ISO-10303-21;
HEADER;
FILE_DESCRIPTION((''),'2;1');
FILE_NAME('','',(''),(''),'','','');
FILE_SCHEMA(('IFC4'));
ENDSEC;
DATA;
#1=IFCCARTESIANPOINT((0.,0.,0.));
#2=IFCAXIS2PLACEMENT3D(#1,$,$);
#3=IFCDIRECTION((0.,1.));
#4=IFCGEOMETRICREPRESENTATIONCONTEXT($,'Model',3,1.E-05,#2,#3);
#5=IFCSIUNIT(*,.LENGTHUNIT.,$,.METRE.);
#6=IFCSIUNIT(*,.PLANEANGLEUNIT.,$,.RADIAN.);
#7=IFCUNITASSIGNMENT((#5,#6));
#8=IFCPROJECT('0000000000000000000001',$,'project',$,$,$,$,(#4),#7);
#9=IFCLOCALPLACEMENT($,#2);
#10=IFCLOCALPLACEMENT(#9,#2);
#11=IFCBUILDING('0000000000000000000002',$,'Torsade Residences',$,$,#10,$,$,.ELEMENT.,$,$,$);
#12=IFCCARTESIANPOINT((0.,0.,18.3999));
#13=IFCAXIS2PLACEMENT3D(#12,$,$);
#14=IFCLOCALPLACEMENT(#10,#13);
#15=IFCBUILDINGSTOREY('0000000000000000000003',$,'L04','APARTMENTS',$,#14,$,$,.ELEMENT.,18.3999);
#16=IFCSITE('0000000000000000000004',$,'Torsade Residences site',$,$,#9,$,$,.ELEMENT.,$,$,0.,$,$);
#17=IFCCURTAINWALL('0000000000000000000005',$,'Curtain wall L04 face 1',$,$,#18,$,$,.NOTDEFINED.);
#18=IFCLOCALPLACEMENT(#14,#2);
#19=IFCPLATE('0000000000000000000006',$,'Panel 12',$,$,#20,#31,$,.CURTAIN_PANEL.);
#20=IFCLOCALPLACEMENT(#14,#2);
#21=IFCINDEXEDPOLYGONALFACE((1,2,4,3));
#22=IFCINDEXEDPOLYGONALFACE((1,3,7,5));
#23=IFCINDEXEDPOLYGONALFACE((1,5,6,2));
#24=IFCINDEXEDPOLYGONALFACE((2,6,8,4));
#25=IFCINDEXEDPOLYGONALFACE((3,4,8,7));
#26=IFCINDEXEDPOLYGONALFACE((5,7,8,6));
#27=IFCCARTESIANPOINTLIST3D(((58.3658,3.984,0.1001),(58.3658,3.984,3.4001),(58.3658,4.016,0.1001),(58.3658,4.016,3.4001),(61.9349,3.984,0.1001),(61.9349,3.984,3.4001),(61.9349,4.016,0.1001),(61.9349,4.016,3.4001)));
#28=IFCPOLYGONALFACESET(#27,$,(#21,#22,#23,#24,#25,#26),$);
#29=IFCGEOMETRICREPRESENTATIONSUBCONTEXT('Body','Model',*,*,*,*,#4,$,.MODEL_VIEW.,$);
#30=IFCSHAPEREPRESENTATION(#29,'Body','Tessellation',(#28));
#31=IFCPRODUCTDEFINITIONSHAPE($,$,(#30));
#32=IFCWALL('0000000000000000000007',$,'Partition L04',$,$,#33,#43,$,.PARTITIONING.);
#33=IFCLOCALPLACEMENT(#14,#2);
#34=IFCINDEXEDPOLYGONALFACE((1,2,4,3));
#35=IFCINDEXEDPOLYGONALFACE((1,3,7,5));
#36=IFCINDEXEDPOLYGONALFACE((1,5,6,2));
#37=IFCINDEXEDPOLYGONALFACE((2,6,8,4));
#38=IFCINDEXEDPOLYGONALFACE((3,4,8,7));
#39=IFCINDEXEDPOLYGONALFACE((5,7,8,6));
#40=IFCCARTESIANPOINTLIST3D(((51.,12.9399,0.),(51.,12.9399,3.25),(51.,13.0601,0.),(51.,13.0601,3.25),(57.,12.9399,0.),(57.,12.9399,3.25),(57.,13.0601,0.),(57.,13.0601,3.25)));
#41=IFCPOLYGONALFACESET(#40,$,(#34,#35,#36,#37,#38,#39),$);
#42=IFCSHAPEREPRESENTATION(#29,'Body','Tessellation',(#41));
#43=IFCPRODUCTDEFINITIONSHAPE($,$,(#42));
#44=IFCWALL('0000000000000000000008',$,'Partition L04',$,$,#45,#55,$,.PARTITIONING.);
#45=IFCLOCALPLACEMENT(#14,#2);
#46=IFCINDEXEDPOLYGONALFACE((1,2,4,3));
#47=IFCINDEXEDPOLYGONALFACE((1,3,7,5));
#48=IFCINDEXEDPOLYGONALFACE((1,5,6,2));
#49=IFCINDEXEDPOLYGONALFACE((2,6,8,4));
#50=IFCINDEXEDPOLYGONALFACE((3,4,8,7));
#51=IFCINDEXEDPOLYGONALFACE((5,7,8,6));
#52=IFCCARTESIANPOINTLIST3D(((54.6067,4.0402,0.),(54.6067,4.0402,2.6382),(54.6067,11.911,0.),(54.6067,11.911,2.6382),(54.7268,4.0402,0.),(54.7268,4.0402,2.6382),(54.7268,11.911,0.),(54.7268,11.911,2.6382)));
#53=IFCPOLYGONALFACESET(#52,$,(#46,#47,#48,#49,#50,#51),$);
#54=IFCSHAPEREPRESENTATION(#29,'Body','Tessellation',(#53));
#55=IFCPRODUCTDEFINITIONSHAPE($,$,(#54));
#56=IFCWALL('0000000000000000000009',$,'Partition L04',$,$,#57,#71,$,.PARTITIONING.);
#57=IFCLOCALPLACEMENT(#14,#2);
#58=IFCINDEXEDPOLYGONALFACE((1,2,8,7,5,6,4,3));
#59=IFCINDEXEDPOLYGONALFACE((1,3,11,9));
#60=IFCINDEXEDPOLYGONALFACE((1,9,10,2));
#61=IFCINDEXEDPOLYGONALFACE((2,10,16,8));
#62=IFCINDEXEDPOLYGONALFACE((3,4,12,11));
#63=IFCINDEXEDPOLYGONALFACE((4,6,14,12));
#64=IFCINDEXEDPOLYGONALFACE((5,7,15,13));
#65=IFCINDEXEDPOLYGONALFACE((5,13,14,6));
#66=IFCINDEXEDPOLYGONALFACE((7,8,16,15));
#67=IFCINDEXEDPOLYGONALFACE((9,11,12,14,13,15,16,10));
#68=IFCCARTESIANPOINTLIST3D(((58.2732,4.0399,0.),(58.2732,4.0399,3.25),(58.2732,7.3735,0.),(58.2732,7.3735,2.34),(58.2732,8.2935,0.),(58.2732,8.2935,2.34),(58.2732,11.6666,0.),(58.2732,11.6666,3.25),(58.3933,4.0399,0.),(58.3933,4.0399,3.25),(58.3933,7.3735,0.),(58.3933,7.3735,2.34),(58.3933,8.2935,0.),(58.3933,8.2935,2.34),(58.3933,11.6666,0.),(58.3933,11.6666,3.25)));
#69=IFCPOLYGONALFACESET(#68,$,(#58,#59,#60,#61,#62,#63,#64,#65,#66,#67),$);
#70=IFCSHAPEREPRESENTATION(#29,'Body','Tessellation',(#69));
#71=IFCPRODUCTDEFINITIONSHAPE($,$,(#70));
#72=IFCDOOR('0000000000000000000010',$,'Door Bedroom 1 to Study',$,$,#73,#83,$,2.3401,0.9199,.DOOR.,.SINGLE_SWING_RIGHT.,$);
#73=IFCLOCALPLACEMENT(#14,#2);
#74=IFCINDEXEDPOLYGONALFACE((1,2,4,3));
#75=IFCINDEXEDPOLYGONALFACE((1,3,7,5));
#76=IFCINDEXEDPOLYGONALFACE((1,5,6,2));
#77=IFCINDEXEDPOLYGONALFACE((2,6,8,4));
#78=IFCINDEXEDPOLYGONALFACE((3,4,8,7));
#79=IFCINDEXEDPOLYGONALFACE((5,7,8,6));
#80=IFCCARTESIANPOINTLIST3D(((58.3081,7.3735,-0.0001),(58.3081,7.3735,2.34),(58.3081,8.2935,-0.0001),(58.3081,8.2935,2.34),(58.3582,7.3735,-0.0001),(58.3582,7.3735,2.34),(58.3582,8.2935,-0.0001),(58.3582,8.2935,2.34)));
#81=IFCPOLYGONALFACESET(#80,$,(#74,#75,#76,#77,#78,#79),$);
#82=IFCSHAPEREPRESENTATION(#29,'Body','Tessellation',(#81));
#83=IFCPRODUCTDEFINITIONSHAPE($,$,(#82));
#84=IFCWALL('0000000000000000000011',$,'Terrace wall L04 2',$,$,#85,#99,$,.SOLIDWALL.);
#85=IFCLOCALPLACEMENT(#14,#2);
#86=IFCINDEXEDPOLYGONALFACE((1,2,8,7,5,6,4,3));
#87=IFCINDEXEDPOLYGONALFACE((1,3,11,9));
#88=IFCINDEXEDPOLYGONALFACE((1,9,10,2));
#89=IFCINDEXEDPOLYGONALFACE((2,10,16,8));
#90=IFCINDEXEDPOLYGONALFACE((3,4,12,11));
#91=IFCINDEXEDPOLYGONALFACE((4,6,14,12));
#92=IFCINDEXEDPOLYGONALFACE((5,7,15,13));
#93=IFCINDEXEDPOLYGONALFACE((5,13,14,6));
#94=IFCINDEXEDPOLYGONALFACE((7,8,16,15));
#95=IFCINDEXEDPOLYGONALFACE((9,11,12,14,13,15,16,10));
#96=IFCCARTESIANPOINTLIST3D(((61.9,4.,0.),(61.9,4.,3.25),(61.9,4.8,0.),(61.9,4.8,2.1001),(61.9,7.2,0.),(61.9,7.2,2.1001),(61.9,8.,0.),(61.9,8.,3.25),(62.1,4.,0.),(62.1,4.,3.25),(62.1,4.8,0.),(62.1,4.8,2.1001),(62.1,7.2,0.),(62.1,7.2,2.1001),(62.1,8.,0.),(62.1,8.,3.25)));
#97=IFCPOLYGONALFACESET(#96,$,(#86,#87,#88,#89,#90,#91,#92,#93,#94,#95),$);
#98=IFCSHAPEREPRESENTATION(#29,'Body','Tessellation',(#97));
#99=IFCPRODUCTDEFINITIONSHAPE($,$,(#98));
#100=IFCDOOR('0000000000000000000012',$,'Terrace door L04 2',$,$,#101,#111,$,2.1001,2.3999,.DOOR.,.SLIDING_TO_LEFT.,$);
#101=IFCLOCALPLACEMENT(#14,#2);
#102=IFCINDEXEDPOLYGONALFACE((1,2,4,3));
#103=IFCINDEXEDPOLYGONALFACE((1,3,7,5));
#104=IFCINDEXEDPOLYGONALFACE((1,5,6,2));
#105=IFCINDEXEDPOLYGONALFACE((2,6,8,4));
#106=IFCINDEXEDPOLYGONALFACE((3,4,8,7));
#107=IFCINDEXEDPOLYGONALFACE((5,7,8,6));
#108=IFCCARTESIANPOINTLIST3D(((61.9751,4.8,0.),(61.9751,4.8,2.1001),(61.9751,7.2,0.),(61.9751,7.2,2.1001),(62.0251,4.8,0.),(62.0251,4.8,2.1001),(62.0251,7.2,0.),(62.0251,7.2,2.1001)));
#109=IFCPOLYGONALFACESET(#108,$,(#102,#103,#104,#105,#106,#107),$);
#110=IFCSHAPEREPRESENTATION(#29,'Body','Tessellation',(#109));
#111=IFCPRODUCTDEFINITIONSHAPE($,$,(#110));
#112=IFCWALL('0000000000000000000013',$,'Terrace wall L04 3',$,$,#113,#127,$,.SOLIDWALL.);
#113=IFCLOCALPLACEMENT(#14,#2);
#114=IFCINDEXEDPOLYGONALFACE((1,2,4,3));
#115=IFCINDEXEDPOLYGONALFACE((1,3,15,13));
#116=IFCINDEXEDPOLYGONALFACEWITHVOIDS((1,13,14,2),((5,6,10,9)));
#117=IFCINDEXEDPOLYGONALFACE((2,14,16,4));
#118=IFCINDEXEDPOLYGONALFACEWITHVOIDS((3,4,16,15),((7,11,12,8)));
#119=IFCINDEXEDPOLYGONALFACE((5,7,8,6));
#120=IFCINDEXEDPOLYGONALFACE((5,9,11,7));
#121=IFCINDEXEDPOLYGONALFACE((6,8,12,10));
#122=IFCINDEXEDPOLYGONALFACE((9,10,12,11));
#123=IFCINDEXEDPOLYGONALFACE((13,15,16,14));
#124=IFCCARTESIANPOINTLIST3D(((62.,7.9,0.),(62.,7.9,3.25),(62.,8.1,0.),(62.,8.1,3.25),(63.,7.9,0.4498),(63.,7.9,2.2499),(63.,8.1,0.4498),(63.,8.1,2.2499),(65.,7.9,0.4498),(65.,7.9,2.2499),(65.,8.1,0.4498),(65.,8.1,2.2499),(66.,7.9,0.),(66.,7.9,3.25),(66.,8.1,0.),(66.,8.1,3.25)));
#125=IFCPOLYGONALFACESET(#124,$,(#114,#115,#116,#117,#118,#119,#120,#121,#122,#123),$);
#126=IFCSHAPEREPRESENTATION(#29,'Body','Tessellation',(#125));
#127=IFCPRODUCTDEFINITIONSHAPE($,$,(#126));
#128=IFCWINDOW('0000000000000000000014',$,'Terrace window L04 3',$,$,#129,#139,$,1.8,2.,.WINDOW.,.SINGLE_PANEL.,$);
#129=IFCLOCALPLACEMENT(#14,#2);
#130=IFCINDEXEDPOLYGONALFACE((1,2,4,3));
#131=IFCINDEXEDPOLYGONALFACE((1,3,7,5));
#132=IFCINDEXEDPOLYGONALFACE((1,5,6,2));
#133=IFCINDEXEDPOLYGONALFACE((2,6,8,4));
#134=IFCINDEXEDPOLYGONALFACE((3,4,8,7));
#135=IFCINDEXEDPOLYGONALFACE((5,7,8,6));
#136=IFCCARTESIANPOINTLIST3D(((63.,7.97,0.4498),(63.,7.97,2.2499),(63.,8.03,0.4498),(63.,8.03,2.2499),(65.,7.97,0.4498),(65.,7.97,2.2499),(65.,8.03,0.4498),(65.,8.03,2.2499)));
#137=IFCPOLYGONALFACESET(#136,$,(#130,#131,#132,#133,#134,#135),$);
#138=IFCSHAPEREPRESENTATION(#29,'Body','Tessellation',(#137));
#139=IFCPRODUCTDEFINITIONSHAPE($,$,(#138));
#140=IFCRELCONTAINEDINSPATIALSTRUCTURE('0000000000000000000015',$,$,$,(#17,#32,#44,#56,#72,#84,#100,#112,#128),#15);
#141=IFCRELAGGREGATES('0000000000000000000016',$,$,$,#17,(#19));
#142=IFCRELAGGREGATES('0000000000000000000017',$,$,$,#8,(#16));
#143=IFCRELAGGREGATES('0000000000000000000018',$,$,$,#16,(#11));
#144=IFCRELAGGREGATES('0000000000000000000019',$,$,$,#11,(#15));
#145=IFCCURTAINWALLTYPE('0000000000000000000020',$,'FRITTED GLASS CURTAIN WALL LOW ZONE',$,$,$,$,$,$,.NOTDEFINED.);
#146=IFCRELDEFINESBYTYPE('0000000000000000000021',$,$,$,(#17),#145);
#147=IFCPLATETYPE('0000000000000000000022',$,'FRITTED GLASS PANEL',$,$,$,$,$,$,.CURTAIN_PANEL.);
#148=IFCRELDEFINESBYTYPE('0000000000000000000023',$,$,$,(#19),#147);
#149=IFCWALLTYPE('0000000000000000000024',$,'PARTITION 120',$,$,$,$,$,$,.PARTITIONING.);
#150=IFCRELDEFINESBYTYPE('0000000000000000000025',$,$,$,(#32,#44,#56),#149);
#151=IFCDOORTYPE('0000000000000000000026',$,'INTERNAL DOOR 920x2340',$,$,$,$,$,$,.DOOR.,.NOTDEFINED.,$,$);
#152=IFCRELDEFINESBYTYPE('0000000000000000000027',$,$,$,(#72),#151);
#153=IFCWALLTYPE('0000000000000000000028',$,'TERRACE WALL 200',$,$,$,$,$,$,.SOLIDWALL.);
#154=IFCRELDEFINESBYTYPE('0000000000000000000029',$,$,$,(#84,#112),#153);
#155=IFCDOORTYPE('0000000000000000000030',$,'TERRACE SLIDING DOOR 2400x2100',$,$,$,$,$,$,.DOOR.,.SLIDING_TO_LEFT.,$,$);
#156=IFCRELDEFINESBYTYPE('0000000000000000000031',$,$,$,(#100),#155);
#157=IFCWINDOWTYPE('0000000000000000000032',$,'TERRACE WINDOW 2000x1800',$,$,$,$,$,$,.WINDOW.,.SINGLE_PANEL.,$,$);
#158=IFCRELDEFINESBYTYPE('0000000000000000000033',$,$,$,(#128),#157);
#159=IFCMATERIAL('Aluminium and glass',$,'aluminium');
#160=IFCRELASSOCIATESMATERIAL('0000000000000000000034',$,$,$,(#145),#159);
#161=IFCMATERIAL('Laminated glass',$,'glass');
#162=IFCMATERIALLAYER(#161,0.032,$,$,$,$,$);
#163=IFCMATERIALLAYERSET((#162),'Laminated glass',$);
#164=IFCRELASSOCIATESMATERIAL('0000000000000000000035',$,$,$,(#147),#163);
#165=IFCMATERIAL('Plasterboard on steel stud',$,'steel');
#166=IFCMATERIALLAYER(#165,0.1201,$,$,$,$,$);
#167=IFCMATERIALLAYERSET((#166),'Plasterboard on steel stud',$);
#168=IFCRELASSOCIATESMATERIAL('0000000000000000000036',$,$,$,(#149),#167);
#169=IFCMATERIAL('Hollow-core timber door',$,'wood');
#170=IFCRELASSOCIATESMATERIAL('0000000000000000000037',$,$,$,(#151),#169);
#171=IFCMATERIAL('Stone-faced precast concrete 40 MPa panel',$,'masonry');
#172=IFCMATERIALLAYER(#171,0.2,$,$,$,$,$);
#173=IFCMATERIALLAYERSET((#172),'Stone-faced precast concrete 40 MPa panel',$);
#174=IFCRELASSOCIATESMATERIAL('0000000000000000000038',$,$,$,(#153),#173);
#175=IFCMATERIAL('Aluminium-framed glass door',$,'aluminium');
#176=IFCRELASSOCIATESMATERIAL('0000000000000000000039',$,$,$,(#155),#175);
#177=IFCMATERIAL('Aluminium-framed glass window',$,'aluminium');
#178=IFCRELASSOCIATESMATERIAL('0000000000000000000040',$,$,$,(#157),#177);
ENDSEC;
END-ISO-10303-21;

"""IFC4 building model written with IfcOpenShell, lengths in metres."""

from ifc_helpers import new_model, si_unit, direction, frame, frame_2d, origin, origin_2d, place, context, subcontext, project, spatial, rectangle, extrude, material, layer, layer_set, type_object, element, fill, aggregate, save


model = new_model("IFC4")

# Units and contexts
model_context = context("Model", 3, precision=1e-05, world=origin(), true_north=direction((0.0, 1.0)))
body_context = subcontext(model_context, "Body", "Model", "MODEL_VIEW")
ifc_project = project(units=[si_unit("LENGTHUNIT", "METRE"), si_unit("PLANEANGLEUNIT", "RADIAN")], contexts=[model_context])

# Site, building, storey
site_placement = place(None, origin())
site = spatial("IfcSite", under=ifc_project, at=site_placement, Name="Torsade Residences site", CompositionType="ELEMENT", RefElevation=0.0)
building_placement = place(site_placement, origin())
building = spatial("IfcBuilding", under=site, at=building_placement, Name="Torsade Residences", CompositionType="ELEMENT")
storey_placement = place(building_placement, frame((0.0, 0.0, 18.3999)))
storey = spatial("IfcBuildingStorey", under=building, at=storey_placement, Name="L04", Description="APARTMENTS", CompositionType="ELEMENT", Elevation=18.3999)

# Curtain wall
ifc_material_1 = material(Name="Aluminium and glass", Category="aluminium")
curtain_wall_type = type_object("IfcCurtainWallType", Name="FRITTED GLASS CURTAIN WALL LOW ZONE", PredefinedType="NOTDEFINED", material=ifc_material_1)
curtain_wall_placement = place(storey_placement, origin())
curtain_wall = element("IfcCurtainWall", 1, at=curtain_wall_placement, inside=storey, type_object=curtain_wall_type, Name="Curtain wall L04 face 1", PredefinedType="NOTDEFINED")

# Plate
ifc_material_2 = material(Name="Laminated glass", Category="glass")
ifc_layer_1 = layer(ifc_material_2, 0.032)
ifc_layer_set_1 = layer_set([ifc_layer_1], Name="Laminated glass")
plate_type = type_object("IfcPlateType", Name="FRITTED GLASS PANEL", PredefinedType="CURTAIN_PANEL", material=ifc_layer_set_1)
plate_1_placement = place(storey_placement, frame((60.1504, 4.0, 0.1001), z_axis=(0.0, 0.0, 1.0), x_axis=(1.0, 0.0, 0.0)))
plate_1 = element("IfcPlate", 2, at=plate_1_placement, type_object=plate_type, Name="Panel 12", PredefinedType="CURTAIN_PANEL", context=body_context, shape_type="SweptSolid", body=[
    extrude(rectangle(XDim=3.5691, YDim=0.032, at=origin_2d()), origin(), (0.0, 0.0, 1.0), 3.3),
])
aggregate(curtain_wall, [plate_1])

# Walls
ifc_material_3 = material(Name="Plasterboard on steel stud", Category="steel")
ifc_layer_2 = layer(ifc_material_3, 0.1201)
ifc_layer_set_2 = layer_set([ifc_layer_2], Name="Plasterboard on steel stud")
wall_type_1 = type_object("IfcWallType", Name="PARTITION 120", PredefinedType="PARTITIONING", material=ifc_layer_set_2)
wall_1_placement = place(storey_placement, frame((57.0, 13.0, 0.0), z_axis=(0.0, 0.0, 1.0), x_axis=(-1.0, 0.0, 0.0)))
element("IfcWall", 3, at=wall_1_placement, inside=storey, type_object=wall_type_1, Name="Partition L04", PredefinedType="PARTITIONING", context=body_context, shape_type="SweptSolid", body=[
    extrude(rectangle(XDim=6.0, YDim=0.1201, at=frame_2d((3.0, 0.0))), origin(), (0.0, 0.0, 1.0), 3.25),
])
wall_2_placement = place(storey_placement, frame((54.6667, 4.04, 0.0), z_axis=(0.0, 0.0, 1.0), x_axis=(0.0, 1.0, 0.0)))
element("IfcWall", 4, at=wall_2_placement, inside=storey, type_object=wall_type_1, Name="Partition L04", PredefinedType="PARTITIONING", context=body_context, shape_type="SweptSolid", body=[
    extrude(rectangle(XDim=7.8708, YDim=0.1201, at=frame_2d((3.9355, 0.0))), origin(), (0.0, 0.0, 1.0), 2.6382),
])

# Walls, openings, doors
wall_3_placement = place(storey_placement, frame((58.3333, 11.6667, 0.0), z_axis=(0.0, 0.0, 1.0), x_axis=(0.0, -1.0, 0.0)))
wall_3 = element("IfcWall", 5, at=wall_3_placement, inside=storey, type_object=wall_type_1, Name="Partition L04", PredefinedType="PARTITIONING", context=body_context, shape_type="SweptSolid", body=[
    extrude(rectangle(XDim=7.6267, YDim=0.1201, at=frame_2d((3.8135, 0.0))), origin(), (0.0, 0.0, 1.0), 3.25),
])
opening_1_placement = place(wall_3_placement, frame((3.3733, 0.0, 0.0)))
opening_1 = element("IfcOpeningElement", 6, at=opening_1_placement, cuts=wall_3, PredefinedType="OPENING", context=body_context, shape_type="SweptSolid", body=[
    extrude(rectangle(XDim=0.9199, YDim=2.3401, at=frame_2d((0.46, 1.1699))), frame((0.0, 0.0701, 0.0), z_axis=(0.0, -1.0, 0.0), x_axis=(1.0, 0.0, 0.0)), (0.0, 0.0, 1.0), 0.1401),
])
ifc_material_4 = material(Name="Hollow-core timber door", Category="wood")
door_type_1 = type_object("IfcDoorType", Name="INTERNAL DOOR 920x2340", OperationType="NOTDEFINED", PredefinedType="DOOR", material=ifc_material_4)
door_1_placement = place(opening_1_placement, origin())
door_1 = element("IfcDoor", 7, at=door_1_placement, inside=storey, type_object=door_type_1, Name="Door Bedroom 1 to Study", OperationType="SINGLE_SWING_RIGHT", OverallHeight=2.3401, OverallWidth=0.9199, PredefinedType="DOOR", context=body_context, shape_type="SweptSolid", body=[
    extrude(rectangle(XDim=0.9199, YDim=2.3401, at=frame_2d((0.46, 1.1699))), frame((0.0, 0.0249, 0.0), z_axis=(0.0, -1.0, 0.0), x_axis=(1.0, 0.0, 0.0)), (0.0, 0.0, 1.0), 0.05),
])
fill(opening_1, door_1)
ifc_material_5 = material(Name="Stone-faced precast concrete 40 MPa panel", Category="masonry")
ifc_layer_3 = layer(ifc_material_5, 0.2)
ifc_layer_set_3 = layer_set([ifc_layer_3], Name="Stone-faced precast concrete 40 MPa panel")
wall_type_2 = type_object("IfcWallType", Name="TERRACE WALL 200", PredefinedType="SOLIDWALL", material=ifc_layer_set_3)
wall_4_placement = place(storey_placement, frame((62.0, 4.0, 0.0), z_axis=(0.0, 0.0, 1.0), x_axis=(0.0, 1.0, 0.0)))
wall_4 = element("IfcWall", 8, at=wall_4_placement, inside=storey, type_object=wall_type_2, Name="Terrace wall L04 2", PredefinedType="SOLIDWALL", context=body_context, shape_type="SweptSolid", body=[
    extrude(rectangle(XDim=4.0, YDim=0.2, at=frame_2d((2.0, 0.0))), origin(), (0.0, 0.0, 1.0), 3.25),
])
opening_2_placement = place(wall_4_placement, frame((0.8, 0.0, 0.0)))
opening_2 = element("IfcOpeningElement", 9, at=opening_2_placement, cuts=wall_4, PredefinedType="OPENING", context=body_context, shape_type="SweptSolid", body=[
    extrude(rectangle(XDim=2.3999, YDim=2.1001, at=frame_2d((1.2, 1.05))), frame((0.0, 0.1099, 0.0), z_axis=(0.0, -1.0, 0.0), x_axis=(1.0, 0.0, 0.0)), (0.0, 0.0, 1.0), 0.22),
])
ifc_material_6 = material(Name="Aluminium-framed glass door", Category="aluminium")
door_type_2 = type_object("IfcDoorType", Name="TERRACE SLIDING DOOR 2400x2100", OperationType="SLIDING_TO_LEFT", PredefinedType="DOOR", material=ifc_material_6)
door_2_placement = place(opening_2_placement, origin())
door_2 = element("IfcDoor", 10, at=door_2_placement, inside=storey, type_object=door_type_2, Name="Terrace door L04 2", OperationType="SLIDING_TO_LEFT", OverallHeight=2.1001, OverallWidth=2.3999, PredefinedType="DOOR", context=body_context, shape_type="SweptSolid", body=[
    extrude(rectangle(XDim=2.3999, YDim=2.1001, at=frame_2d((1.2, 1.05))), frame((0.0, 0.0249, 0.0), z_axis=(0.0, -1.0, 0.0), x_axis=(1.0, 0.0, 0.0)), (0.0, 0.0, 1.0), 0.05),
])
fill(opening_2, door_2)

# Wall, opening, window
wall_5_placement = place(storey_placement, frame((62.0, 8.0, 0.0), z_axis=(0.0, 0.0, 1.0), x_axis=(1.0, 0.0, 0.0)))
wall_5 = element("IfcWall", 11, at=wall_5_placement, inside=storey, type_object=wall_type_2, Name="Terrace wall L04 3", PredefinedType="SOLIDWALL", context=body_context, shape_type="SweptSolid", body=[
    extrude(rectangle(XDim=4.0, YDim=0.2, at=frame_2d((2.0, 0.0))), origin(), (0.0, 0.0, 1.0), 3.25),
])
opening_3_placement = place(wall_5_placement, frame((1.0, 0.0, 0.45)))
opening_3 = element("IfcOpeningElement", 12, at=opening_3_placement, cuts=wall_5, PredefinedType="OPENING", context=body_context, shape_type="SweptSolid", body=[
    extrude(rectangle(XDim=2.0, YDim=1.8, at=frame_2d((1.0, 0.8999))), frame((0.0, 0.1099, 0.0), z_axis=(0.0, -1.0, 0.0), x_axis=(1.0, 0.0, 0.0)), (0.0, 0.0, 1.0), 0.22),
])
ifc_material_7 = material(Name="Aluminium-framed glass window", Category="aluminium")
window_type = type_object("IfcWindowType", Name="TERRACE WINDOW 2000x1800", PartitioningType="SINGLE_PANEL", PredefinedType="WINDOW", material=ifc_material_7)
window_placement = place(opening_3_placement, origin())
window = element("IfcWindow", 13, at=window_placement, inside=storey, type_object=window_type, Name="Terrace window L04 3", OverallHeight=1.8, OverallWidth=2.0, PartitioningType="SINGLE_PANEL", PredefinedType="WINDOW", context=body_context, shape_type="SweptSolid", body=[
    extrude(rectangle(XDim=2.0, YDim=1.8, at=frame_2d((1.0, 0.8999))), frame((0.0, 0.03, 0.0), z_axis=(0.0, -1.0, 0.0), x_axis=(1.0, 0.0, 0.0)), (0.0, 0.0, 1.0), 0.0601),
])
fill(opening_3, window)

save(model, "model.ifc")
